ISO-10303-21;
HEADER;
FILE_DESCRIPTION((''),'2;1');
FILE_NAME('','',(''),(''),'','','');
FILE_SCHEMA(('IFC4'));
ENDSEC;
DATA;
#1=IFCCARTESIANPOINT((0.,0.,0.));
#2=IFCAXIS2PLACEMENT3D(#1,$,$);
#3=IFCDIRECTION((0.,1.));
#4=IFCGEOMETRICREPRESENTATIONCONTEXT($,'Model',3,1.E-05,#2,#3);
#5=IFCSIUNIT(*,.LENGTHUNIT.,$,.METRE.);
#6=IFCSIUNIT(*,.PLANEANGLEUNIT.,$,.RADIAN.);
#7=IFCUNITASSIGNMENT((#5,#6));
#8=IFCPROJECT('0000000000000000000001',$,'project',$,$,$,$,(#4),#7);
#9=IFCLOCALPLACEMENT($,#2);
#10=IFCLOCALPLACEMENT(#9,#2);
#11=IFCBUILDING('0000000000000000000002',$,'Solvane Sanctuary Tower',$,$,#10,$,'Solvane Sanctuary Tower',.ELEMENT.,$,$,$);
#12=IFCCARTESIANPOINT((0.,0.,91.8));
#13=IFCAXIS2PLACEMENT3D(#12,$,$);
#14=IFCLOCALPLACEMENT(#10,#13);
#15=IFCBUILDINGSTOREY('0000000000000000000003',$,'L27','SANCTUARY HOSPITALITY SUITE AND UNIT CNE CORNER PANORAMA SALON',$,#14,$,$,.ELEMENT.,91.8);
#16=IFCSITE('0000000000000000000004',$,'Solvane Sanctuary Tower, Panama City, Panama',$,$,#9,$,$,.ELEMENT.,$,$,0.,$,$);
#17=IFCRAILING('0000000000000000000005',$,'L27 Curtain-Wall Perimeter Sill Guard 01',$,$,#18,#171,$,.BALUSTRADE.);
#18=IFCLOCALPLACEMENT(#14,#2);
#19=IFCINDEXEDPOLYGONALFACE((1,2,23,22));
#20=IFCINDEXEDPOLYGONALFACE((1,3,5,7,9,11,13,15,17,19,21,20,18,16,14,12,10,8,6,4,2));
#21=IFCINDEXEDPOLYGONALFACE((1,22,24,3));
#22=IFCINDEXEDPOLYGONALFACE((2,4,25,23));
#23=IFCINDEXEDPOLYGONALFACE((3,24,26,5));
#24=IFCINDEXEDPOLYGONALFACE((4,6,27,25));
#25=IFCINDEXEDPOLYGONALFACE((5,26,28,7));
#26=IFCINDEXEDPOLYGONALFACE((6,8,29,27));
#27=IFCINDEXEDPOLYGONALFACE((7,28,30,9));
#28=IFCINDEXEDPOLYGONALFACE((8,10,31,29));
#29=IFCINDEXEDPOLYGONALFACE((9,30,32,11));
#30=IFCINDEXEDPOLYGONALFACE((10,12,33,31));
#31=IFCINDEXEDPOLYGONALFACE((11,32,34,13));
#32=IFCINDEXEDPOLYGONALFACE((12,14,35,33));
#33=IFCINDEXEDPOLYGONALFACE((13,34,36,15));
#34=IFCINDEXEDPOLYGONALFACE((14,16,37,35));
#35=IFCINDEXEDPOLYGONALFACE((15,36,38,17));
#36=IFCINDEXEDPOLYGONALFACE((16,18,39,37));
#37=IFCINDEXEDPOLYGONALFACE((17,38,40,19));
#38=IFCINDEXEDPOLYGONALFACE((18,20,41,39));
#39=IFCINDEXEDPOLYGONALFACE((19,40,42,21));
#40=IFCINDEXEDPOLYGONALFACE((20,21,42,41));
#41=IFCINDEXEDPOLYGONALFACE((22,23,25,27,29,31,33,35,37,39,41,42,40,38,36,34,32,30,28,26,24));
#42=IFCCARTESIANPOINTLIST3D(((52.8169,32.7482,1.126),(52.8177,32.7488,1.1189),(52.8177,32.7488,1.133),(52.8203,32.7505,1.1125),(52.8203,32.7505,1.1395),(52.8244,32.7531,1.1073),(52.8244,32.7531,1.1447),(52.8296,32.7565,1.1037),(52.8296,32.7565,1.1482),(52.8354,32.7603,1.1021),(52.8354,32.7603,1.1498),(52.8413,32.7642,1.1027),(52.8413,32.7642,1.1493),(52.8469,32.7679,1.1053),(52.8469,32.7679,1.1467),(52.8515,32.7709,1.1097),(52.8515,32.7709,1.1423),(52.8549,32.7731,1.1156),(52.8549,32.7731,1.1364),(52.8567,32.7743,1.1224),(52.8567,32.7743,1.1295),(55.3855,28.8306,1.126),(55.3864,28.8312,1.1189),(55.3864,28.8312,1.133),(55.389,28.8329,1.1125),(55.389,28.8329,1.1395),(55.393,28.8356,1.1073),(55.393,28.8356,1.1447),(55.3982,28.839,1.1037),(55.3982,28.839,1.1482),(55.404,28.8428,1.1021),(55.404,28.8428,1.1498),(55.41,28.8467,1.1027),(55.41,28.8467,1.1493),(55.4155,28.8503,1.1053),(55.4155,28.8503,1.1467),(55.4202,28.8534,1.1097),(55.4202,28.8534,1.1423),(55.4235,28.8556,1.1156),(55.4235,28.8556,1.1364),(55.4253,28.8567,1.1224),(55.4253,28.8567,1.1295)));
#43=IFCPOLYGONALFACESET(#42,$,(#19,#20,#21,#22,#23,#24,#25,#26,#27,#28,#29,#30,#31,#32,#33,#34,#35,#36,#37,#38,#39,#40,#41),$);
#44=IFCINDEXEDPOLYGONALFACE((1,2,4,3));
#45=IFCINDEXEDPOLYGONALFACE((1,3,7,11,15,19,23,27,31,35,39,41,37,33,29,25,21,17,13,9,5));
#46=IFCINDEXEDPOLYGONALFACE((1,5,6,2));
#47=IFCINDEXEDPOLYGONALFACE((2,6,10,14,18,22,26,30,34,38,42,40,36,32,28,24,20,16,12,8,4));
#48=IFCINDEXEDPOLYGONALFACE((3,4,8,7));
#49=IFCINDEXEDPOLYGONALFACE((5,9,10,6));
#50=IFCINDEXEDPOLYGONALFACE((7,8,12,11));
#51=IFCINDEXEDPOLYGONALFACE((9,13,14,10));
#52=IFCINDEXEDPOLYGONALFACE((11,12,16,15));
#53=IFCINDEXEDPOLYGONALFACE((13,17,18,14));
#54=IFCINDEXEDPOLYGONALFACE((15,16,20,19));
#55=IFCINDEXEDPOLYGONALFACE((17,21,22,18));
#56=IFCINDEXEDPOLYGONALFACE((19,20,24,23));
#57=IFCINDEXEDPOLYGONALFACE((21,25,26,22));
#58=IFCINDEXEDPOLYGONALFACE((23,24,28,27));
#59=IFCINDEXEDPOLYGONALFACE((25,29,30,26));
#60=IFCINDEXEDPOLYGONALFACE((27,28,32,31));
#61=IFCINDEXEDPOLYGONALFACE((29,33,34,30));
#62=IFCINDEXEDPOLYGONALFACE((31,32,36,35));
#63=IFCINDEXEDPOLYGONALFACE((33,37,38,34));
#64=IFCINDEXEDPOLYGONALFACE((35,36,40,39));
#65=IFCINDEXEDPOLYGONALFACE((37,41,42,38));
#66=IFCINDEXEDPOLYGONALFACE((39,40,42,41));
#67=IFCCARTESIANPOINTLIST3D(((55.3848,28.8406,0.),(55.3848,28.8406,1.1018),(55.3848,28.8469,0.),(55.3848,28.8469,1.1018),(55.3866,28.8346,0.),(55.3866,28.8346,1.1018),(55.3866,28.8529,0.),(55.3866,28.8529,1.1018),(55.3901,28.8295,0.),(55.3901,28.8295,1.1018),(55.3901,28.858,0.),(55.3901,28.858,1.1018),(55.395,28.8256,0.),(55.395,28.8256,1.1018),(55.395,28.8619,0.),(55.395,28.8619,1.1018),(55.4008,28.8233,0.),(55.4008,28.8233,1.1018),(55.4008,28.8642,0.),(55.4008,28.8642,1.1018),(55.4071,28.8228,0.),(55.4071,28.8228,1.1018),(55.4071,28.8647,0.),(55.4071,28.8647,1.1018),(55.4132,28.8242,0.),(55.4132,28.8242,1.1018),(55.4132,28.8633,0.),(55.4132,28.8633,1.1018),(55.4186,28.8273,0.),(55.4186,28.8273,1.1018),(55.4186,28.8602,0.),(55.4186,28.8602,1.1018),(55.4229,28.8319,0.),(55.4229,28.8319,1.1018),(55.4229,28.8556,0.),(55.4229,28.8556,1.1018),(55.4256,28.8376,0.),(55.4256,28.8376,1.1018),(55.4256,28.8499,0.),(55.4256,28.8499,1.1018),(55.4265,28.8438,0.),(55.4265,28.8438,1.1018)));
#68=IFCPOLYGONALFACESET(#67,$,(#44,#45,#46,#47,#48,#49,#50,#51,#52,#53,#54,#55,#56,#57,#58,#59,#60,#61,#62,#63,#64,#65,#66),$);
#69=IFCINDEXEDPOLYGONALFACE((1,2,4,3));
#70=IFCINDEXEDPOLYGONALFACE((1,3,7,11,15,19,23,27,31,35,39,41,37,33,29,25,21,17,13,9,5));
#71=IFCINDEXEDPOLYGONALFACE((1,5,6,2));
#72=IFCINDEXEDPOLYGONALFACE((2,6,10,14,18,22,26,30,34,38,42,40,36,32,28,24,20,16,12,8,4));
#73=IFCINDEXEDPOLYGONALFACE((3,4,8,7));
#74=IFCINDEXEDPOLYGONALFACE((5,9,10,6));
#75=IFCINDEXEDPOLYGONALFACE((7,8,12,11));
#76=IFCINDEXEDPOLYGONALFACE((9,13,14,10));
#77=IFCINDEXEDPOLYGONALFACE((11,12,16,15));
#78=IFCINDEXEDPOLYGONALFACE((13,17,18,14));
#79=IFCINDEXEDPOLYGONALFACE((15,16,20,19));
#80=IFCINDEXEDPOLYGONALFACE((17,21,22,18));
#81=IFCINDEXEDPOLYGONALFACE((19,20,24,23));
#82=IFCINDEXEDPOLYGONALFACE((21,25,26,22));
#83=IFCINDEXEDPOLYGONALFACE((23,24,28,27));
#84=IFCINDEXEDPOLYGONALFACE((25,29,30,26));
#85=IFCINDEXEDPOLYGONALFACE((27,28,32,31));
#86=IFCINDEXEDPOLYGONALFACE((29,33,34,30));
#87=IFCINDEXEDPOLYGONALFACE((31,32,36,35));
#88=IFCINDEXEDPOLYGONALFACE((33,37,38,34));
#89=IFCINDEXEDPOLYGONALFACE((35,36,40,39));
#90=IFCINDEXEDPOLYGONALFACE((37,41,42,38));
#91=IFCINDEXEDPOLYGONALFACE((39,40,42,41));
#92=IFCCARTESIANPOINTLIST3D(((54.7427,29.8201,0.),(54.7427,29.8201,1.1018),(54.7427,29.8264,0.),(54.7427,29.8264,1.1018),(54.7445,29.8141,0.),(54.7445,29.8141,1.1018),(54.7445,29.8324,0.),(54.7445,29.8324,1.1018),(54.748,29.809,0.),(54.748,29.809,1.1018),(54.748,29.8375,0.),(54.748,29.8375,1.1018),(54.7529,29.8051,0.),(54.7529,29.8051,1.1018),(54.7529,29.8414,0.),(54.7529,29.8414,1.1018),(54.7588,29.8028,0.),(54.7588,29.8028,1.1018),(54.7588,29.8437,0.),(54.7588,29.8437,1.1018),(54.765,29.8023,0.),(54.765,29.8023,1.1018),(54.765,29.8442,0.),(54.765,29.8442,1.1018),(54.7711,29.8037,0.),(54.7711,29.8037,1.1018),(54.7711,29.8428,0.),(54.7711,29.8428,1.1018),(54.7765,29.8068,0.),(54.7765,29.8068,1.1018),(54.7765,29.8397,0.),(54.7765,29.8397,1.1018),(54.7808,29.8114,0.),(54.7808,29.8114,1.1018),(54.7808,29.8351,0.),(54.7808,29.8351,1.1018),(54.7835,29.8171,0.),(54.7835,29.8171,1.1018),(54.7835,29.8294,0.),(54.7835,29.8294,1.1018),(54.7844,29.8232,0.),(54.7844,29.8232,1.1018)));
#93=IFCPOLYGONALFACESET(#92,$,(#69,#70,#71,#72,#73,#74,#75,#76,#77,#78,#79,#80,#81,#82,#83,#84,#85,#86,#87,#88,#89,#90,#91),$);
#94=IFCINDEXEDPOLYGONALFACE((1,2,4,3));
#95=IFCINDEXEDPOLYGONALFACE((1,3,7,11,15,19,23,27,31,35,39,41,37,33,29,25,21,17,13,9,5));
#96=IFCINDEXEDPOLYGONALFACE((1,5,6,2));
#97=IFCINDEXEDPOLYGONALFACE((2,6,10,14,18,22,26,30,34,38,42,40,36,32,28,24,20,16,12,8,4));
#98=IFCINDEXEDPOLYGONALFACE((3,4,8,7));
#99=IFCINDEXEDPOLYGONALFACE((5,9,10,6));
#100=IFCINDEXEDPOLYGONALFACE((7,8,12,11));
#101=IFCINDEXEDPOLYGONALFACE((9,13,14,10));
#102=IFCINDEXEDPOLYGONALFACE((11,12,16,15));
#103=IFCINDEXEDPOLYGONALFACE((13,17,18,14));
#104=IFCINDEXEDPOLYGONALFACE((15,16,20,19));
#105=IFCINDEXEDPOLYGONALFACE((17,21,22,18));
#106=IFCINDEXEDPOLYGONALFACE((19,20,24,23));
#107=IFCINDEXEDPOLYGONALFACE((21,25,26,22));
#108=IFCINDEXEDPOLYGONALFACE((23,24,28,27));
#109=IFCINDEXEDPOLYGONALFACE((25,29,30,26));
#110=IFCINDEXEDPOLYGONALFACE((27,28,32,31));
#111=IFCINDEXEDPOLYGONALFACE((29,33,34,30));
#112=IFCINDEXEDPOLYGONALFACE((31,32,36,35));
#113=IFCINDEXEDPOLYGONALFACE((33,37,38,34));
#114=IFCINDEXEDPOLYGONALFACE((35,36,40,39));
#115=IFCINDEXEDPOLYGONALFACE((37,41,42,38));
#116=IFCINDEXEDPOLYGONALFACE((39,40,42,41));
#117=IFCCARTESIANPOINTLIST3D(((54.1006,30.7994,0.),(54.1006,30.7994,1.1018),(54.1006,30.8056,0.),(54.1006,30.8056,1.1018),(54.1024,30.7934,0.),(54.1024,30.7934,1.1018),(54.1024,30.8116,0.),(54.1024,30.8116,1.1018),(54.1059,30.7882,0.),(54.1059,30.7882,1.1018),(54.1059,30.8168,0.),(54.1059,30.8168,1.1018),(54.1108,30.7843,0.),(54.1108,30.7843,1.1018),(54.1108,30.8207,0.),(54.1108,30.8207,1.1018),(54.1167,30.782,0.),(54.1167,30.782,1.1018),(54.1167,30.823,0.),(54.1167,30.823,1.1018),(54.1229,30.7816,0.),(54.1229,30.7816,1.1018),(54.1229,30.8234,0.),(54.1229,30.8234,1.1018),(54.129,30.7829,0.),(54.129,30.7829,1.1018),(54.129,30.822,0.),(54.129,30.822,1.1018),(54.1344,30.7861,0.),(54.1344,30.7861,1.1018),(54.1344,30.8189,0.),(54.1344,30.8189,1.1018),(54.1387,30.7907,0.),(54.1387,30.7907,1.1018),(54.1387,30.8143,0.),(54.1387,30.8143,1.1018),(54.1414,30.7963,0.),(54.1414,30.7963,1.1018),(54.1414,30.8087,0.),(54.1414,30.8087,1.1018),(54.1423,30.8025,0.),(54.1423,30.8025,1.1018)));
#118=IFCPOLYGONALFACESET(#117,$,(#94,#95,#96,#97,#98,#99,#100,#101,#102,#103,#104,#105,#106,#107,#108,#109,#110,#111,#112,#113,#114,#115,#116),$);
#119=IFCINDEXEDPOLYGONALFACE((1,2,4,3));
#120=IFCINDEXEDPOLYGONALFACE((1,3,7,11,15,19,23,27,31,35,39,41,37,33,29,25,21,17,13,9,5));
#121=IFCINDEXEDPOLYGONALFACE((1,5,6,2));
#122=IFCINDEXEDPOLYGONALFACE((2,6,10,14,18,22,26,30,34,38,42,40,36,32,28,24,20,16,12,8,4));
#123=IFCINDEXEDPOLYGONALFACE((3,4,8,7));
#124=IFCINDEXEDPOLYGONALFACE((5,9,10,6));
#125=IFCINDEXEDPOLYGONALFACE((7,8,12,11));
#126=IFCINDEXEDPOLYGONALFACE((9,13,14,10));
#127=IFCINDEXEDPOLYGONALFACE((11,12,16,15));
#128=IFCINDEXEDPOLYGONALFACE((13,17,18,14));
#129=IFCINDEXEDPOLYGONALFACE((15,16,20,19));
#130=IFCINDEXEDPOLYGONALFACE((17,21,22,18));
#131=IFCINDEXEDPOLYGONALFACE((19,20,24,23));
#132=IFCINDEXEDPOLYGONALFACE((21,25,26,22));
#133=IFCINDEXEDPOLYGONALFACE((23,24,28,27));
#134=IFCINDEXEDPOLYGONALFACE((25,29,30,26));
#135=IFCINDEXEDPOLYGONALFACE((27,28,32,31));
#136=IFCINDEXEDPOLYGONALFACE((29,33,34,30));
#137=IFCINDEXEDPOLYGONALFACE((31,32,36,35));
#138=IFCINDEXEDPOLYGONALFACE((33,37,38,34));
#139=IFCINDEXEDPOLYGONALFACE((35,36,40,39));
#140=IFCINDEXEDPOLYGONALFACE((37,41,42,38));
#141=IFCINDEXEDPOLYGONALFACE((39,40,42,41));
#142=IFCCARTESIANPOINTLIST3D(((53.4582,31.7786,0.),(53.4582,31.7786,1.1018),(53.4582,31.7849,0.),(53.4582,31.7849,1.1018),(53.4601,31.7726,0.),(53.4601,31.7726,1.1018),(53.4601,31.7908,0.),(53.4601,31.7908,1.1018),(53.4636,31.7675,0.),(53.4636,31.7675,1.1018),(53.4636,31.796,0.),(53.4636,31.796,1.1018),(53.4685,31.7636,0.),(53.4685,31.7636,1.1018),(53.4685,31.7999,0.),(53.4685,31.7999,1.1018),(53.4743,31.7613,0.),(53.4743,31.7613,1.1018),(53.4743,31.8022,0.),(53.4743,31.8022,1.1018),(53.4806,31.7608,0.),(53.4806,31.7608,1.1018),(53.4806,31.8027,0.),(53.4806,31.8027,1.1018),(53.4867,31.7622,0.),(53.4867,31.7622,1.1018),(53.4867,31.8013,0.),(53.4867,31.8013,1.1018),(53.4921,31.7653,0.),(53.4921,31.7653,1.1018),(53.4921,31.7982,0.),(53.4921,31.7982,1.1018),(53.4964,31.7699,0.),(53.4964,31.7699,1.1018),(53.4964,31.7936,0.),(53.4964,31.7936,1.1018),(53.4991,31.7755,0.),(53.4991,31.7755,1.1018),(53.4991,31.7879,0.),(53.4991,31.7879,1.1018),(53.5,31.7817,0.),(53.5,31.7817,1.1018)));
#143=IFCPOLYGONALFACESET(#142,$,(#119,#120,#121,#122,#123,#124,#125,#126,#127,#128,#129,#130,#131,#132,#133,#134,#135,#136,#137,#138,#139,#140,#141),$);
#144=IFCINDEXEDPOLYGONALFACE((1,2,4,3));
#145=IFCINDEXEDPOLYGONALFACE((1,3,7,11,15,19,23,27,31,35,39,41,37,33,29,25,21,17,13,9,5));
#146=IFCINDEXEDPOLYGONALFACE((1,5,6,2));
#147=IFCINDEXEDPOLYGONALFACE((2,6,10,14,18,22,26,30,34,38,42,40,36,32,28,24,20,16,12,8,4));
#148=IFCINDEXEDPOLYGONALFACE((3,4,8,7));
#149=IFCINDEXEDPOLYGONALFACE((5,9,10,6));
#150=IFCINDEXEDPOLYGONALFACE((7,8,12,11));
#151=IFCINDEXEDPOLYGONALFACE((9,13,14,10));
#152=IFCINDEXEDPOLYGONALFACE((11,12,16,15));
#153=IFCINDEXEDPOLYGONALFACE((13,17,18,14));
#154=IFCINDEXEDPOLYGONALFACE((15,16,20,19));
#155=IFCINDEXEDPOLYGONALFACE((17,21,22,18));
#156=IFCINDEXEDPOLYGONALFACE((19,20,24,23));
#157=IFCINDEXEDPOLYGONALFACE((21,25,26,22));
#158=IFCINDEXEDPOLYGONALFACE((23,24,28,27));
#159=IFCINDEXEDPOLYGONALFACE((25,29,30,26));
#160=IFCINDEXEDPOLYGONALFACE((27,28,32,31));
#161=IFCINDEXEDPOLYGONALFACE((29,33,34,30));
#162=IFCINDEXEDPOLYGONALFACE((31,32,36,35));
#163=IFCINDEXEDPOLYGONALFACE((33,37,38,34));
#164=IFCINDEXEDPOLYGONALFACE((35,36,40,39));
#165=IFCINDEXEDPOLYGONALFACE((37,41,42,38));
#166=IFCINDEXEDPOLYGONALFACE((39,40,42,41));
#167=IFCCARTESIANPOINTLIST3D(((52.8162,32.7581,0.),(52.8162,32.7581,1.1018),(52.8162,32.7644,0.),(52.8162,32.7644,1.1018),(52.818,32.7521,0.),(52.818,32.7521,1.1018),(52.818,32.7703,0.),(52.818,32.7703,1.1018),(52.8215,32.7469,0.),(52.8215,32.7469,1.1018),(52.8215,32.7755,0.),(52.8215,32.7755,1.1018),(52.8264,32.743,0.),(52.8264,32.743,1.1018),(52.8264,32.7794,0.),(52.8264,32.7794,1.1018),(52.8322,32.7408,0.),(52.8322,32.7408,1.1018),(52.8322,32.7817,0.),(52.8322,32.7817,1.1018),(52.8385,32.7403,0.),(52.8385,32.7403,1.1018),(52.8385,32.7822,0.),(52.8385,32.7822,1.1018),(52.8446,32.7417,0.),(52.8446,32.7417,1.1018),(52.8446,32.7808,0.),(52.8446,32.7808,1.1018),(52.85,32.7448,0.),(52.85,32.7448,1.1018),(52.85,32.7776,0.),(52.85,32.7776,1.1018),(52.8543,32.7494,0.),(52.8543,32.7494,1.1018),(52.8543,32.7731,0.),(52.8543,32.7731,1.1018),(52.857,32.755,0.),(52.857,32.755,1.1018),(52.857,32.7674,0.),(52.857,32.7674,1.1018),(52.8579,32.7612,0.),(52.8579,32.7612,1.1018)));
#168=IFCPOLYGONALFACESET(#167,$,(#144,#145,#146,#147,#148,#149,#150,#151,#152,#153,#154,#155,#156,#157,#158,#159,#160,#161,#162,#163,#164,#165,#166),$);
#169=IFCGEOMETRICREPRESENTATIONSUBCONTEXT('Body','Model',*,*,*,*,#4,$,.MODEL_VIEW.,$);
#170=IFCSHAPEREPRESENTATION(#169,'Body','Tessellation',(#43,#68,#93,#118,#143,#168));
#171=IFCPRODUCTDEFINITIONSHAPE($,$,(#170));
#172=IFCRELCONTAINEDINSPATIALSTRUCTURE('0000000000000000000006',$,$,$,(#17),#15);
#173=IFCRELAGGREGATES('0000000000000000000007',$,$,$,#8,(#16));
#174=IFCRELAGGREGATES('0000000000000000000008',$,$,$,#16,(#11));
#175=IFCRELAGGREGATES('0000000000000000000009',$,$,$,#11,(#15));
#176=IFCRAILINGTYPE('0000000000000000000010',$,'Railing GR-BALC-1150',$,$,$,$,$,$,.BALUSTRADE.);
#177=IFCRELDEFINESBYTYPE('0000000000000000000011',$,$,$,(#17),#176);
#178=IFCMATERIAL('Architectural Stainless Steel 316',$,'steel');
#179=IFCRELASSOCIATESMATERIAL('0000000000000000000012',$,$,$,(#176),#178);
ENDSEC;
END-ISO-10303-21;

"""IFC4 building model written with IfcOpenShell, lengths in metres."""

from ifc_helpers import new_model, si_unit, direction, frame, origin, origin_2d, place, context, subcontext, project, spatial, circle, extrude, material, type_object, element, save


model = new_model("IFC4")

# Units and contexts
model_context = context("Model", 3, precision=1e-05, world=origin(), true_north=direction((0.0, 1.0)))
body_context = subcontext(model_context, "Body", "Model", "MODEL_VIEW")
ifc_project = project(units=[si_unit("LENGTHUNIT", "METRE"), si_unit("PLANEANGLEUNIT", "RADIAN")], contexts=[model_context])

# Site, building, storey
site_placement = place(None, origin())
site = spatial("IfcSite", under=ifc_project, at=site_placement, Name="Solvane Sanctuary Tower, Panama City, Panama", CompositionType="ELEMENT", RefElevation=0.0)
building_placement = place(site_placement, origin())
building = spatial("IfcBuilding", under=site, at=building_placement, Name="Solvane Sanctuary Tower", LongName="Solvane Sanctuary Tower", CompositionType="ELEMENT")
storey_placement = place(building_placement, frame((0.0, 0.0, 91.8)))
storey = spatial("IfcBuildingStorey", under=building, at=storey_placement, Name="L27", Description="SANCTUARY HOSPITALITY SUITE AND UNIT CNE CORNER PANORAMA SALON", CompositionType="ELEMENT", Elevation=91.8)

# Railing
ifc_material_1 = material(Name="Architectural Stainless Steel 316", Category="steel")
railing_type = type_object("IfcRailingType", Name="Railing GR-BALC-1150", PredefinedType="BALUSTRADE", material=ifc_material_1)
railing_1_placement = place(storey_placement, frame((55.4055, 28.8438, 0.0)))
element("IfcRailing", 1, at=railing_1_placement, inside=storey, type_object=railing_type, Name="L27 Curtain-Wall Perimeter Sill Guard 01", PredefinedType="BALUSTRADE", context=body_context, shape_type="SweptSolid", body=[
    extrude(circle(Radius=0.0239, at=origin_2d()), frame((0.0, 0.0, 1.126), z_axis=(-0.548322, 0.836267, 0.0), x_axis=(-0.836267, -0.548322, 0.0)), (0.0, 0.0, 1.0), 4.6846),
    extrude(circle(Radius=0.021, at=origin_2d()), origin(), (0.0, 0.0, 1.0), 1.1018),
    extrude(circle(Radius=0.021, at=origin_2d()), frame((-0.6421, 0.9795, 0.0)), (0.0, 0.0, 1.0), 1.1018),
    extrude(circle(Radius=0.021, at=origin_2d()), frame((-1.2842, 1.9587, 0.0)), (0.0, 0.0, 1.0), 1.1018),
    extrude(circle(Radius=0.021, at=origin_2d()), frame((-1.9265, 2.938, 0.0)), (0.0, 0.0, 1.0), 1.1018),
    extrude(circle(Radius=0.021, at=origin_2d()), frame((-2.5686, 3.9175, 0.0)), (0.0, 0.0, 1.0), 1.1018),
])

save(model, "model.ifc")
